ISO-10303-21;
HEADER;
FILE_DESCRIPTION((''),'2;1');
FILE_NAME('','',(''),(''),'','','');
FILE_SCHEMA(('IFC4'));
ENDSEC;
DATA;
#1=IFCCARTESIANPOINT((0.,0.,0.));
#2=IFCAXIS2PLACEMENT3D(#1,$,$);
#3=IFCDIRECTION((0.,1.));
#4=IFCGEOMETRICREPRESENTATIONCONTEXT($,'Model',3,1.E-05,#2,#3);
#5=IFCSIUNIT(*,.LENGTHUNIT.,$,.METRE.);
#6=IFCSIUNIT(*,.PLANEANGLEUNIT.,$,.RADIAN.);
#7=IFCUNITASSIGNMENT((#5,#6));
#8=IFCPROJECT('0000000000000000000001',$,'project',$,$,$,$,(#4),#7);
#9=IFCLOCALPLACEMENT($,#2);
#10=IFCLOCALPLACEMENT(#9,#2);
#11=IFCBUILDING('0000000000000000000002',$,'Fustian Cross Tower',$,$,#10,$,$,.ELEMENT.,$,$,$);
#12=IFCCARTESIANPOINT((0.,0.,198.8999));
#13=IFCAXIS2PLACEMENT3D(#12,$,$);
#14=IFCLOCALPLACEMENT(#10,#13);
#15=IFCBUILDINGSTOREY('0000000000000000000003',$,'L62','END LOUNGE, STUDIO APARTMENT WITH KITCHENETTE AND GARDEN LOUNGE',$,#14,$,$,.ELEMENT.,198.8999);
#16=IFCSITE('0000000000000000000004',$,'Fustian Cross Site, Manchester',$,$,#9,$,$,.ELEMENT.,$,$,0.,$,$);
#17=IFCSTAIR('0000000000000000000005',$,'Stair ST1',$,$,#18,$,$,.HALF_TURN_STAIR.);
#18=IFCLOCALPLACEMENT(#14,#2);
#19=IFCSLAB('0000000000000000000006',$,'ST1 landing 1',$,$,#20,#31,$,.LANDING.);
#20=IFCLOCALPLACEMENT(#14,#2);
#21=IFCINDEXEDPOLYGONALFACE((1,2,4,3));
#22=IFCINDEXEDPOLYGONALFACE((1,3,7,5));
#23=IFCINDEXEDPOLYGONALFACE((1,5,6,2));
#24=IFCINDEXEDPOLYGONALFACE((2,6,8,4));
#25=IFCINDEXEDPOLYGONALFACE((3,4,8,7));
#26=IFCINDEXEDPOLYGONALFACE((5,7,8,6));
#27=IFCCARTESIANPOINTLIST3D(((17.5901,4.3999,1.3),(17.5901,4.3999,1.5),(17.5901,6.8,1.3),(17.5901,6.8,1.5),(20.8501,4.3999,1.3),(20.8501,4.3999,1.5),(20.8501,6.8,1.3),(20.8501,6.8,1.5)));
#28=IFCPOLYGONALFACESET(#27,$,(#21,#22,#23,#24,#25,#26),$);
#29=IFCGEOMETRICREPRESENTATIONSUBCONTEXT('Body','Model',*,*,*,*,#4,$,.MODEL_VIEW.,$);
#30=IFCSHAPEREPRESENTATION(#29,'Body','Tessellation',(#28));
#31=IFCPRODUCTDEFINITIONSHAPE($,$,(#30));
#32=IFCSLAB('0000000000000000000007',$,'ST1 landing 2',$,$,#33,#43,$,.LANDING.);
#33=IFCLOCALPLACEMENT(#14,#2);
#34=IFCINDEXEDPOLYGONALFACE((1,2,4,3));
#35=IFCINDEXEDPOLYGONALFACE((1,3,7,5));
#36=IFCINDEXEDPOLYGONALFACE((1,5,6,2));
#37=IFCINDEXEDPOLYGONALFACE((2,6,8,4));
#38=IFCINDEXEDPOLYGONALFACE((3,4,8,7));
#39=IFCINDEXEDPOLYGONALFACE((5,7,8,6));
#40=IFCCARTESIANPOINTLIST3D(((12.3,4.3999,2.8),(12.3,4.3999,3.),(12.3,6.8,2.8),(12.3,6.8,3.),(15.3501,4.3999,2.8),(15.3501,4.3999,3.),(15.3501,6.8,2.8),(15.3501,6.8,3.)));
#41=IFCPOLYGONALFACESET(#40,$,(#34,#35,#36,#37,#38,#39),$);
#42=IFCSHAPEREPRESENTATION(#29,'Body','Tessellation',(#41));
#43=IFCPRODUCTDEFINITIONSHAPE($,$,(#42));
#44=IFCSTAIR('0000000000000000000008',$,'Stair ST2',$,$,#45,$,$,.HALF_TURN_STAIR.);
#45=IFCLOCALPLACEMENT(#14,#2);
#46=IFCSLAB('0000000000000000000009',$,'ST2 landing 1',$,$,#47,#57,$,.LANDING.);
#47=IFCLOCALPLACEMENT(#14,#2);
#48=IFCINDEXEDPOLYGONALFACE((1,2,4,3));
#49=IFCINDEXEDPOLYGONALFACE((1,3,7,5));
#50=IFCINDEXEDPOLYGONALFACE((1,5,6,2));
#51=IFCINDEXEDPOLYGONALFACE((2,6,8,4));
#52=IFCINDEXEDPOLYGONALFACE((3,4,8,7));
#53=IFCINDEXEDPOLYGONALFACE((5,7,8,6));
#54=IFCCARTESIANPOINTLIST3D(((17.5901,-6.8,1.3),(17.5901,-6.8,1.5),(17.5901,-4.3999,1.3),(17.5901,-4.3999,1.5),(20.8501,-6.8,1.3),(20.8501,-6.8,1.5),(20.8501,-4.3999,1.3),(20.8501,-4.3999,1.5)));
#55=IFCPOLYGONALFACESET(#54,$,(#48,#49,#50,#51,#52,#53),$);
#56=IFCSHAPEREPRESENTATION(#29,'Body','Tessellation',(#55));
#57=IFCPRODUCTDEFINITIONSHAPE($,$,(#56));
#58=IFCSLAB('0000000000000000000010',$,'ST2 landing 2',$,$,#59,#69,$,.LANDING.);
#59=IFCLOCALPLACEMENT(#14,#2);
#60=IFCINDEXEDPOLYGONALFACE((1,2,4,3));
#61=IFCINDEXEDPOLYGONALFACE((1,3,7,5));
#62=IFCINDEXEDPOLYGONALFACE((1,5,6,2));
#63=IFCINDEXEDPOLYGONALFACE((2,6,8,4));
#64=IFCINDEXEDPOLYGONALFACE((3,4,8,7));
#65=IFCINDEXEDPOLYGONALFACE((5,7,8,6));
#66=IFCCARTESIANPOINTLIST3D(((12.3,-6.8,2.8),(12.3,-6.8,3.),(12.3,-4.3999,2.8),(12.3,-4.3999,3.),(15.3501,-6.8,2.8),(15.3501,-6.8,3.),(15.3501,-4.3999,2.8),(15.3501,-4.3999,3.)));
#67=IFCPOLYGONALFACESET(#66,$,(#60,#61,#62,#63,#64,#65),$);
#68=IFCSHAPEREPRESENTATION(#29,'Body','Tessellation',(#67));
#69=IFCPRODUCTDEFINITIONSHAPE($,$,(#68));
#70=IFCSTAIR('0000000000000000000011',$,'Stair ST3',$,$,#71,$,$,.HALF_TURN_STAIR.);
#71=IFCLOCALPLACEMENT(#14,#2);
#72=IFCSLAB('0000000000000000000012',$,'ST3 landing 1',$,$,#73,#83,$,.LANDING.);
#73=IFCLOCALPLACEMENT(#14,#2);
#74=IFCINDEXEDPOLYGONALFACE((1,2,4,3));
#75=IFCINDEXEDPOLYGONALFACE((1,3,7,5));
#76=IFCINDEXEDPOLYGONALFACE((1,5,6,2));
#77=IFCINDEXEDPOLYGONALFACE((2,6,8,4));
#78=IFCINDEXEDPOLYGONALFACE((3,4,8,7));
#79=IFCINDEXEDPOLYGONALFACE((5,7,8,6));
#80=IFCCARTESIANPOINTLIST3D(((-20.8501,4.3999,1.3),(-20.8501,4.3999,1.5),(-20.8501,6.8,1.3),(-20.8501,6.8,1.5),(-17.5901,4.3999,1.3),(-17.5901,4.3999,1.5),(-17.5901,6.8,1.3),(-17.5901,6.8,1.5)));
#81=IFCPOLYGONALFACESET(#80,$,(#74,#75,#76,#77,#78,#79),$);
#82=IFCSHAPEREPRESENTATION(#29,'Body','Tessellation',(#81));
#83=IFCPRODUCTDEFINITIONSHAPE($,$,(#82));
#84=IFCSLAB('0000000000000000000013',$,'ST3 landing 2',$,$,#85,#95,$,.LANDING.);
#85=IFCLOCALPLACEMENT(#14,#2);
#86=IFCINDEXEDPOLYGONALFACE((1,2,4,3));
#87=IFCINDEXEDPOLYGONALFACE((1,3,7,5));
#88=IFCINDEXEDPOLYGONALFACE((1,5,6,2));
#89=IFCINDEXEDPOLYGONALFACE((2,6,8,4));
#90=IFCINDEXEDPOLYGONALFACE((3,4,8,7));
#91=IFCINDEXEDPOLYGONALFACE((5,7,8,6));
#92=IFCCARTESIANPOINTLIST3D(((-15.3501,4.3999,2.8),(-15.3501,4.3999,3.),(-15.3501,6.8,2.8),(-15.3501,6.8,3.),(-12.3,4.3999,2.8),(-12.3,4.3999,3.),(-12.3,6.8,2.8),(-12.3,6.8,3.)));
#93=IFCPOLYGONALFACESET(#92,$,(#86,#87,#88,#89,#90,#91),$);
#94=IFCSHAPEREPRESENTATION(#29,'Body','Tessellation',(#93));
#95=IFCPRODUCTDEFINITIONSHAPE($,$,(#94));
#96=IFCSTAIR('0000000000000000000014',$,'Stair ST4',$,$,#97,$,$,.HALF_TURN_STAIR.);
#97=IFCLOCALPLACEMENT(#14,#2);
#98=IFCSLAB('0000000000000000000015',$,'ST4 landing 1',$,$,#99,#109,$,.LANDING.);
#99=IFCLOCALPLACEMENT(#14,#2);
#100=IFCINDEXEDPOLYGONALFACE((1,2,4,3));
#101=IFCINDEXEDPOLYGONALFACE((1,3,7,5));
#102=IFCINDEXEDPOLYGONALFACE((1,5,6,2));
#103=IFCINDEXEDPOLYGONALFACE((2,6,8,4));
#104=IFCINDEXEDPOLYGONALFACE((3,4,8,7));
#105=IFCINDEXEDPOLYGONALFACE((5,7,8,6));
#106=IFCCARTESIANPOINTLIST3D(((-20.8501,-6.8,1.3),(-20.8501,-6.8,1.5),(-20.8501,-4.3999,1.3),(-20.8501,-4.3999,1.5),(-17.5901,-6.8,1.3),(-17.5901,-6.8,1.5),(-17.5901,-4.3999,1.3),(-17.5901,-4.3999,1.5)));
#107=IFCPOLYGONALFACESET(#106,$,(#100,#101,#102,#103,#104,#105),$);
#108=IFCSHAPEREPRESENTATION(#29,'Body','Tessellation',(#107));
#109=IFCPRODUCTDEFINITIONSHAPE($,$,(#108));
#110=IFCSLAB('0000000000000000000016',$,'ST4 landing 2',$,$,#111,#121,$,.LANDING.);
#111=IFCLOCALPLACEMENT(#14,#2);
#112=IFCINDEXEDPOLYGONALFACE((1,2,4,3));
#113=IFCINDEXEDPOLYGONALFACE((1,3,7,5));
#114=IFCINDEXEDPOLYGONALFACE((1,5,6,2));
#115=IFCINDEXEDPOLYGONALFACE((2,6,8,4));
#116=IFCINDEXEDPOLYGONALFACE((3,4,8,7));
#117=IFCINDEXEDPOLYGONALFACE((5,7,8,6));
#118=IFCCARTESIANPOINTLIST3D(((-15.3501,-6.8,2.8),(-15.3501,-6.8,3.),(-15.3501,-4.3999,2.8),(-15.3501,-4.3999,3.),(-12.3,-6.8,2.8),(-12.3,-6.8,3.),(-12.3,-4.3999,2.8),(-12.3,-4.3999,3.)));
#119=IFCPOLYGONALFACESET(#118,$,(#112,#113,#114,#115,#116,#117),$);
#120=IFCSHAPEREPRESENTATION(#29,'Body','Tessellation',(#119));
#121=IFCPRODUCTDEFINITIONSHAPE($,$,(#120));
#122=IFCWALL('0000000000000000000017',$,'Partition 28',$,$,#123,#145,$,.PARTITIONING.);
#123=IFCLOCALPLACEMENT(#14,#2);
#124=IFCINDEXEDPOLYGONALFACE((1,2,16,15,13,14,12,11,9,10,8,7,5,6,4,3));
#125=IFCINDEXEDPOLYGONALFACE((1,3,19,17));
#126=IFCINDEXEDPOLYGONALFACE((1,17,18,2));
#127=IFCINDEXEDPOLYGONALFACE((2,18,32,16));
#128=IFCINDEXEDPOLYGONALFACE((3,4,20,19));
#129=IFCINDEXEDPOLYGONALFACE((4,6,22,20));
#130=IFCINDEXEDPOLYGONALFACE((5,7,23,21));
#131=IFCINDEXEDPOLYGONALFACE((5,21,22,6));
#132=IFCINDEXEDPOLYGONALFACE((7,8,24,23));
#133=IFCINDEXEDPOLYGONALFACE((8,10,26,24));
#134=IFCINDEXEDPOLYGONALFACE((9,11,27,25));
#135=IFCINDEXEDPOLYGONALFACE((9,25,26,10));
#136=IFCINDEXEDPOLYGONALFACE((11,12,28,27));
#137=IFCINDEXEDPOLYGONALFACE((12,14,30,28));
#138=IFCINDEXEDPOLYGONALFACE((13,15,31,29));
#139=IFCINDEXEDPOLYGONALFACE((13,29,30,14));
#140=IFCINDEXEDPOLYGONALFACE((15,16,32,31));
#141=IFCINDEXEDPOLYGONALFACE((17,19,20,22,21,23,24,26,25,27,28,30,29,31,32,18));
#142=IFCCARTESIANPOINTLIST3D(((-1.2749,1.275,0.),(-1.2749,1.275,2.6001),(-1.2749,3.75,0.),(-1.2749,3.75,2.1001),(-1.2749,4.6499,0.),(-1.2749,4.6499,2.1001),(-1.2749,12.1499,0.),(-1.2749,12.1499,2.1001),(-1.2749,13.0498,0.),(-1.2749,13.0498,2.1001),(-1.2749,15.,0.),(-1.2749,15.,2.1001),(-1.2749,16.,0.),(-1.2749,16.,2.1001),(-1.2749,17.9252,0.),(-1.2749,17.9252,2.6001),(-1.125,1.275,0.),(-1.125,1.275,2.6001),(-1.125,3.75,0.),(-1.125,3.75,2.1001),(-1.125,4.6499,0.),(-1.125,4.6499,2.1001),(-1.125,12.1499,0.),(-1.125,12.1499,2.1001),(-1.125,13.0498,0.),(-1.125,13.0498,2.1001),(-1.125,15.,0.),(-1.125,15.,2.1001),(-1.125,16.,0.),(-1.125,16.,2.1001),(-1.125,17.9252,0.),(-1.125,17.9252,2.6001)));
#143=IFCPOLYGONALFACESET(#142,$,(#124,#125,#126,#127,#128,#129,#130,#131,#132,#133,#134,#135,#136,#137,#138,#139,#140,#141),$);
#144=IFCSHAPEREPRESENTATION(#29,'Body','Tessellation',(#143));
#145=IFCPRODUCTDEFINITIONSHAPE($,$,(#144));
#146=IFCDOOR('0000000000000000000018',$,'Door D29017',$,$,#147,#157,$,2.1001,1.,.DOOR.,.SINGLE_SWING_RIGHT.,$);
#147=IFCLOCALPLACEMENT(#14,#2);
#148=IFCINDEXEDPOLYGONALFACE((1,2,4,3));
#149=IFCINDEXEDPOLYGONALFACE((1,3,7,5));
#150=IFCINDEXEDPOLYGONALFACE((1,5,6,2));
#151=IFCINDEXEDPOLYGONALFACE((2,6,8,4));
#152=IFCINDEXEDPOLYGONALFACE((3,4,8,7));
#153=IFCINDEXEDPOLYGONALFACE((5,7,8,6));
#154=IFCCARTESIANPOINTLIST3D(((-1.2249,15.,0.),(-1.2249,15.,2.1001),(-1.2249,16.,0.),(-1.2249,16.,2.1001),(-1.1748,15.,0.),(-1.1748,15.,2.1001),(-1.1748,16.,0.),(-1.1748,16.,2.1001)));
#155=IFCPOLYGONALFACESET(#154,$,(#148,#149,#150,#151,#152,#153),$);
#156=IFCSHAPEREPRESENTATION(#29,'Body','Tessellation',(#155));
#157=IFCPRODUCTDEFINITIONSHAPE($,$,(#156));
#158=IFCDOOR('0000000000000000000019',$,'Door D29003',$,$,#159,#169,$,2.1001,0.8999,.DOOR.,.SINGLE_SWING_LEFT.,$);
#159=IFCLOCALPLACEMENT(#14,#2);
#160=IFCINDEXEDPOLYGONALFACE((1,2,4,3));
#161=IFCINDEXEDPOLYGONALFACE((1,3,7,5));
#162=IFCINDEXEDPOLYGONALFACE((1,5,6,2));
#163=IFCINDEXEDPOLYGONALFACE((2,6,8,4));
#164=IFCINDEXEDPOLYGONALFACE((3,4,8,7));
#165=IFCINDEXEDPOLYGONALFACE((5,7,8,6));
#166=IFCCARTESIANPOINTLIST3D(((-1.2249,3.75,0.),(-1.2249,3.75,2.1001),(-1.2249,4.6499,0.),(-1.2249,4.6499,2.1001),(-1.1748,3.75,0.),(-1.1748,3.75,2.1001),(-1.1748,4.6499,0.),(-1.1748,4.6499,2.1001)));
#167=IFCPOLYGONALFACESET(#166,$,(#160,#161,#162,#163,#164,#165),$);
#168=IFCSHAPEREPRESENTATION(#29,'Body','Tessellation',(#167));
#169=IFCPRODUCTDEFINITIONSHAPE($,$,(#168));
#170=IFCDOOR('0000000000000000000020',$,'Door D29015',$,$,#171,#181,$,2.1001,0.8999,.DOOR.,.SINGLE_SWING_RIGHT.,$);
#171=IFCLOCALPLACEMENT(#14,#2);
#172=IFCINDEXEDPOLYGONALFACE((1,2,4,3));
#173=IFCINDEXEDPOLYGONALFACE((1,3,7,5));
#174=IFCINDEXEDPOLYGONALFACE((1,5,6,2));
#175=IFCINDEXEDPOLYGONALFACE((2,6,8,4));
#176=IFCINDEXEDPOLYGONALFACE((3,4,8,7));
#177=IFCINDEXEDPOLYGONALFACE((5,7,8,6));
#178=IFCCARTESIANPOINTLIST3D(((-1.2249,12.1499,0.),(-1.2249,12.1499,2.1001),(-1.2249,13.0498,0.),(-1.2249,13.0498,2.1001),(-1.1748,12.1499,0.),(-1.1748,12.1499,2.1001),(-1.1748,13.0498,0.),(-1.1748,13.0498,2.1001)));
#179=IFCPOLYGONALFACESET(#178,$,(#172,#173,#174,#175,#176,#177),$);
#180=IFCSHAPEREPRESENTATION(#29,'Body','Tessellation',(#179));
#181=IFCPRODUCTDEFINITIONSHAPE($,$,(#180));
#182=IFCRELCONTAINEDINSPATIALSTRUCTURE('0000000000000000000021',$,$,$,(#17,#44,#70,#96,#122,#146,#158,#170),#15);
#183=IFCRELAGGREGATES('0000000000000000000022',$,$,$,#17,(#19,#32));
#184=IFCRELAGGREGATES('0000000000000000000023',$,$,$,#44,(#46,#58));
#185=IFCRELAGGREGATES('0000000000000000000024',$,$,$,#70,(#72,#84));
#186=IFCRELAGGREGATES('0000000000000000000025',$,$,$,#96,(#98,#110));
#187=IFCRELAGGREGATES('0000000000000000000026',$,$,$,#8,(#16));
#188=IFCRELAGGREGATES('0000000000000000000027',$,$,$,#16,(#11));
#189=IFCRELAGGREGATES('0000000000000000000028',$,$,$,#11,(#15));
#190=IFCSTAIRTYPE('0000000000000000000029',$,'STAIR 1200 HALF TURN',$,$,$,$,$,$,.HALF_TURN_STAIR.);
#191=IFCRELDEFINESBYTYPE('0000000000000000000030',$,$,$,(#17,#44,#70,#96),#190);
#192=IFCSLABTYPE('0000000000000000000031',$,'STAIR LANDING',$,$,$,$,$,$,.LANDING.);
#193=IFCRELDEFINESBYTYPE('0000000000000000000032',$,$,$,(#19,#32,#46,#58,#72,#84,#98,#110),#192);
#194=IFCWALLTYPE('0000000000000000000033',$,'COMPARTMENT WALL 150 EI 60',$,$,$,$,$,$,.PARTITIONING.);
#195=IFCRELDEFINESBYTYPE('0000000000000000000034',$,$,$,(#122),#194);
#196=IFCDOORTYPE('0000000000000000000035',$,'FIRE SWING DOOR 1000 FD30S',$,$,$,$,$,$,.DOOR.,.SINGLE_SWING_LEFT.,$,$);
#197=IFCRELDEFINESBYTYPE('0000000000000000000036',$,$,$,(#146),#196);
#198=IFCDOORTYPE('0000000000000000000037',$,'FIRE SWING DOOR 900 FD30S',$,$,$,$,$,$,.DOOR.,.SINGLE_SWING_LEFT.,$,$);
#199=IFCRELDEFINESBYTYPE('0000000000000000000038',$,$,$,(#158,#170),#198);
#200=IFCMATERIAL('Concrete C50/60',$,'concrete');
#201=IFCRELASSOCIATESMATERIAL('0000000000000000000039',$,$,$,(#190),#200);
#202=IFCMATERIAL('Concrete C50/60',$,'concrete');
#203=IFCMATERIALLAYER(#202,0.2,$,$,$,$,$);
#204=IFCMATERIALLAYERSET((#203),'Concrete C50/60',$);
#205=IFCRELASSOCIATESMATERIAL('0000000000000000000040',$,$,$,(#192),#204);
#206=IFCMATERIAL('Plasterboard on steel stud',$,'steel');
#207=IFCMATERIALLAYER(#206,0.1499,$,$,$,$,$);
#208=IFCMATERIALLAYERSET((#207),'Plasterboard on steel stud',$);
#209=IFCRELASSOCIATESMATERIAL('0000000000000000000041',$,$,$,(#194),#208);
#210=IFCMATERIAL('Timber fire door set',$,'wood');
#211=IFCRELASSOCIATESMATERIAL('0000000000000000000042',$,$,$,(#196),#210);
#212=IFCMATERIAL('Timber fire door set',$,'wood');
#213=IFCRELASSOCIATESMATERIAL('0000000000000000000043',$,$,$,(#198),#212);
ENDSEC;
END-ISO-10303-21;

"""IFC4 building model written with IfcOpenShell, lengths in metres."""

from ifc_helpers import new_model, si_unit, direction, frame, frame_2d, origin, place, context, subcontext, project, spatial, polyline, rectangle, outline, extrude, material, layer, layer_set, type_object, element, fill, aggregate, save


model = new_model("IFC4")

# Units and contexts
model_context = context("Model", 3, precision=1e-05, world=origin(), true_north=direction((0.0, 1.0)))
body_context = subcontext(model_context, "Body", "Model", "MODEL_VIEW")
ifc_project = project(units=[si_unit("LENGTHUNIT", "METRE"), si_unit("PLANEANGLEUNIT", "RADIAN")], contexts=[model_context])

# Site, building, storey
site_placement = place(None, origin())
site = spatial("IfcSite", under=ifc_project, at=site_placement, Name="Fustian Cross Site, Manchester", CompositionType="ELEMENT", RefElevation=0.0)
building_placement = place(site_placement, origin())
building = spatial("IfcBuilding", under=site, at=building_placement, Name="Fustian Cross Tower", CompositionType="ELEMENT")
storey_placement = place(building_placement, frame((0.0, 0.0, 198.8999)))
storey = spatial("IfcBuildingStorey", under=building, at=storey_placement, Name="L62", Description="END LOUNGE, STUDIO APARTMENT WITH KITCHENETTE AND GARDEN LOUNGE", CompositionType="ELEMENT", Elevation=198.8999)

# Stairs, slabs
ifc_material_1 = material(Name="Concrete C50/60", Category="concrete")
stair_type = type_object("IfcStairType", Name="STAIR 1200 HALF TURN", PredefinedType="HALF_TURN_STAIR", material=ifc_material_1)
stair_1_placement = place(storey_placement, origin())
stair_1 = element("IfcStair", 1, at=stair_1_placement, inside=storey, type_object=stair_type, Name="Stair ST1", PredefinedType="HALF_TURN_STAIR")
ifc_material_2 = material(Name="Concrete C50/60", Category="concrete")
ifc_layer_1 = layer(ifc_material_2, 0.2)
ifc_layer_set_1 = layer_set([ifc_layer_1], Name="Concrete C50/60")
slab_type = type_object("IfcSlabType", Name="STAIR LANDING", PredefinedType="LANDING", material=ifc_layer_set_1)
slab_1_placement = place(storey_placement, frame((0.0, 0.0, 1.3)))
slab_1 = element("IfcSlab", 2, at=slab_1_placement, type_object=slab_type, Name="ST1 landing 1", PredefinedType="LANDING", context=body_context, shape_type="SweptSolid", body=[
    extrude(outline(polyline([(17.5901, 4.3999), (20.8501, 4.3999), (20.8501, 6.8), (17.5901, 6.8), (17.5901, 4.3999)])), origin(), (0.0, 0.0, 1.0), 0.2),
])
slab_2_placement = place(storey_placement, frame((0.0, 0.0, 2.8)))
slab_2 = element("IfcSlab", 3, at=slab_2_placement, type_object=slab_type, Name="ST1 landing 2", PredefinedType="LANDING", context=body_context, shape_type="SweptSolid", body=[
    extrude(outline(polyline([(12.3, 4.3999), (15.3501, 4.3999), (15.3501, 6.8), (12.3, 6.8), (12.3, 4.3999)])), origin(), (0.0, 0.0, 1.0), 0.2),
])
aggregate(stair_1, [slab_1, slab_2])
stair_2_placement = place(storey_placement, origin())
stair_2 = element("IfcStair", 4, at=stair_2_placement, inside=storey, type_object=stair_type, Name="Stair ST2", PredefinedType="HALF_TURN_STAIR")
slab_3_placement = place(storey_placement, frame((0.0, 0.0, 1.3)))
slab_3 = element("IfcSlab", 5, at=slab_3_placement, type_object=slab_type, Name="ST2 landing 1", PredefinedType="LANDING", context=body_context, shape_type="SweptSolid", body=[
    extrude(outline(polyline([(17.5901, -4.3999), (20.8501, -4.3999), (20.8501, -6.8), (17.5901, -6.8), (17.5901, -4.3999)])), origin(), (0.0, 0.0, 1.0), 0.2),
])
slab_4_placement = place(storey_placement, frame((0.0, 0.0, 2.8)))
slab_4 = element("IfcSlab", 6, at=slab_4_placement, type_object=slab_type, Name="ST2 landing 2", PredefinedType="LANDING", context=body_context, shape_type="SweptSolid", body=[
    extrude(outline(polyline([(12.3, -4.3999), (15.3501, -4.3999), (15.3501, -6.8), (12.3, -6.8), (12.3, -4.3999)])), origin(), (0.0, 0.0, 1.0), 0.2),
])
aggregate(stair_2, [slab_3, slab_4])
stair_3_placement = place(storey_placement, origin())
stair_3 = element("IfcStair", 7, at=stair_3_placement, inside=storey, type_object=stair_type, Name="Stair ST3", PredefinedType="HALF_TURN_STAIR")
slab_5_placement = place(storey_placement, frame((0.0, 0.0, 1.3)))
slab_5 = element("IfcSlab", 8, at=slab_5_placement, type_object=slab_type, Name="ST3 landing 1", PredefinedType="LANDING", context=body_context, shape_type="SweptSolid", body=[
    extrude(outline(polyline([(-17.5901, 4.3999), (-20.8501, 4.3999), (-20.8501, 6.8), (-17.5901, 6.8), (-17.5901, 4.3999)])), origin(), (0.0, 0.0, 1.0), 0.2),
])
slab_6_placement = place(storey_placement, frame((0.0, 0.0, 2.8)))
slab_6 = element("IfcSlab", 9, at=slab_6_placement, type_object=slab_type, Name="ST3 landing 2", PredefinedType="LANDING", context=body_context, shape_type="SweptSolid", body=[
    extrude(outline(polyline([(-12.3, 4.3999), (-15.3501, 4.3999), (-15.3501, 6.8), (-12.3, 6.8), (-12.3, 4.3999)])), origin(), (0.0, 0.0, 1.0), 0.2),
])
aggregate(stair_3, [slab_5, slab_6])
stair_4_placement = place(storey_placement, origin())
stair_4 = element("IfcStair", 10, at=stair_4_placement, inside=storey, type_object=stair_type, Name="Stair ST4", PredefinedType="HALF_TURN_STAIR")
slab_7_placement = place(storey_placement, frame((0.0, 0.0, 1.3)))
slab_7 = element("IfcSlab", 11, at=slab_7_placement, type_object=slab_type, Name="ST4 landing 1", PredefinedType="LANDING", context=body_context, shape_type="SweptSolid", body=[
    extrude(outline(polyline([(-17.5901, -4.3999), (-20.8501, -4.3999), (-20.8501, -6.8), (-17.5901, -6.8), (-17.5901, -4.3999)])), origin(), (0.0, 0.0, 1.0), 0.2),
])
slab_8_placement = place(storey_placement, frame((0.0, 0.0, 2.8)))
slab_8 = element("IfcSlab", 12, at=slab_8_placement, type_object=slab_type, Name="ST4 landing 2", PredefinedType="LANDING", context=body_context, shape_type="SweptSolid", body=[
    extrude(outline(polyline([(-12.3, -4.3999), (-15.3501, -4.3999), (-15.3501, -6.8), (-12.3, -6.8), (-12.3, -4.3999)])), origin(), (0.0, 0.0, 1.0), 0.2),
])
aggregate(stair_4, [slab_7, slab_8])

# Wall, openings, doors
ifc_material_3 = material(Name="Plasterboard on steel stud", Category="steel")
ifc_layer_2 = layer(ifc_material_3, 0.1499)
ifc_layer_set_2 = layer_set([ifc_layer_2], Name="Plasterboard on steel stud")
wall_type = type_object("IfcWallType", Name="COMPARTMENT WALL 150 EI 60", PredefinedType="PARTITIONING", material=ifc_layer_set_2)
wall_1_placement = place(storey_placement, frame((-1.2, 1.2749, 0.0), z_axis=(0.0, 0.0, 1.0), x_axis=(0.0, 1.0, 0.0)))
wall_1 = element("IfcWall", 13, at=wall_1_placement, inside=storey, type_object=wall_type, Name="Partition 28", PredefinedType="PARTITIONING", context=body_context, shape_type="SweptSolid", body=[
    extrude(rectangle(XDim=16.6501, YDim=0.1499, at=frame_2d((8.3252, 0.0))), origin(), (0.0, 0.0, 1.0), 2.6001),
])
opening_1_placement = place(wall_1_placement, frame((2.4751, 0.0, 0.0)))
opening_1 = element("IfcOpeningElement", 14, at=opening_1_placement, cuts=wall_1, PredefinedType="OPENING", context=body_context, shape_type="SweptSolid", body=[
    extrude(rectangle(XDim=0.8999, YDim=2.1001, at=frame_2d((0.45, 1.05))), frame((0.0, 0.085, 0.0), z_axis=(0.0, -1.0, 0.0), x_axis=(1.0, 0.0, 0.0)), (0.0, 0.0, 1.0), 0.1699),
])
opening_2_placement = place(wall_1_placement, frame((10.875, 0.0, 0.0)))
opening_2 = element("IfcOpeningElement", 15, at=opening_2_placement, cuts=wall_1, PredefinedType="OPENING", context=body_context, shape_type="SweptSolid", body=[
    extrude(rectangle(XDim=0.8999, YDim=2.1001, at=frame_2d((0.45, 1.05))), frame((0.0, 0.085, 0.0), z_axis=(0.0, -1.0, 0.0), x_axis=(1.0, 0.0, 0.0)), (0.0, 0.0, 1.0), 0.1699),
])
opening_3_placement = place(wall_1_placement, frame((13.7251, 0.0, 0.0)))
opening_3 = element("IfcOpeningElement", 16, at=opening_3_placement, cuts=wall_1, PredefinedType="OPENING", context=body_context, shape_type="SweptSolid", body=[
    extrude(rectangle(XDim=1.0, YDim=2.1001, at=frame_2d((0.5, 1.05))), frame((0.0, 0.085, 0.0), z_axis=(0.0, -1.0, 0.0), x_axis=(1.0, 0.0, 0.0)), (0.0, 0.0, 1.0), 0.1699),
])
ifc_material_4 = material(Name="Timber fire door set", Category="wood")
door_type_1 = type_object("IfcDoorType", Name="FIRE SWING DOOR 1000 FD30S", OperationType="SINGLE_SWING_LEFT", PredefinedType="DOOR", material=ifc_material_4)
door_1_placement = place(opening_3_placement, origin())
door_1 = element("IfcDoor", 17, at=door_1_placement, inside=storey, type_object=door_type_1, Name="Door D29017", OperationType="SINGLE_SWING_RIGHT", OverallHeight=2.1001, OverallWidth=1.0, PredefinedType="DOOR", context=body_context, shape_type="SweptSolid", body=[
    extrude(rectangle(XDim=1.0, YDim=2.1001, at=frame_2d((0.5, 1.05))), frame((0.0, 0.0249, 0.0), z_axis=(0.0, -1.0, 0.0), x_axis=(1.0, 0.0, 0.0)), (0.0, 0.0, 1.0), 0.05),
])
fill(opening_3, door_1)
ifc_material_5 = material(Name="Timber fire door set", Category="wood")
door_type_2 = type_object("IfcDoorType", Name="FIRE SWING DOOR 900 FD30S", OperationType="SINGLE_SWING_LEFT", PredefinedType="DOOR", material=ifc_material_5)
door_2_placement = place(opening_1_placement, origin())
door_2 = element("IfcDoor", 18, at=door_2_placement, inside=storey, type_object=door_type_2, Name="Door D29003", OperationType="SINGLE_SWING_LEFT", OverallHeight=2.1001, OverallWidth=0.8999, PredefinedType="DOOR", context=body_context, shape_type="SweptSolid", body=[
    extrude(rectangle(XDim=0.8999, YDim=2.1001, at=frame_2d((0.45, 1.05))), frame((0.0, 0.0249, 0.0), z_axis=(0.0, -1.0, 0.0), x_axis=(1.0, 0.0, 0.0)), (0.0, 0.0, 1.0), 0.05),
])
fill(opening_1, door_2)
door_3_placement = place(opening_2_placement, origin())
door_3 = element("IfcDoor", 19, at=door_3_placement, inside=storey, type_object=door_type_2, Name="Door D29015", OperationType="SINGLE_SWING_RIGHT", OverallHeight=2.1001, OverallWidth=0.8999, PredefinedType="DOOR", context=body_context, shape_type="SweptSolid", body=[
    extrude(rectangle(XDim=0.8999, YDim=2.1001, at=frame_2d((0.45, 1.05))), frame((0.0, 0.0249, 0.0), z_axis=(0.0, -1.0, 0.0), x_axis=(1.0, 0.0, 0.0)), (0.0, 0.0, 1.0), 0.05),
])
fill(opening_2, door_3)

save(model, "model.ifc")
